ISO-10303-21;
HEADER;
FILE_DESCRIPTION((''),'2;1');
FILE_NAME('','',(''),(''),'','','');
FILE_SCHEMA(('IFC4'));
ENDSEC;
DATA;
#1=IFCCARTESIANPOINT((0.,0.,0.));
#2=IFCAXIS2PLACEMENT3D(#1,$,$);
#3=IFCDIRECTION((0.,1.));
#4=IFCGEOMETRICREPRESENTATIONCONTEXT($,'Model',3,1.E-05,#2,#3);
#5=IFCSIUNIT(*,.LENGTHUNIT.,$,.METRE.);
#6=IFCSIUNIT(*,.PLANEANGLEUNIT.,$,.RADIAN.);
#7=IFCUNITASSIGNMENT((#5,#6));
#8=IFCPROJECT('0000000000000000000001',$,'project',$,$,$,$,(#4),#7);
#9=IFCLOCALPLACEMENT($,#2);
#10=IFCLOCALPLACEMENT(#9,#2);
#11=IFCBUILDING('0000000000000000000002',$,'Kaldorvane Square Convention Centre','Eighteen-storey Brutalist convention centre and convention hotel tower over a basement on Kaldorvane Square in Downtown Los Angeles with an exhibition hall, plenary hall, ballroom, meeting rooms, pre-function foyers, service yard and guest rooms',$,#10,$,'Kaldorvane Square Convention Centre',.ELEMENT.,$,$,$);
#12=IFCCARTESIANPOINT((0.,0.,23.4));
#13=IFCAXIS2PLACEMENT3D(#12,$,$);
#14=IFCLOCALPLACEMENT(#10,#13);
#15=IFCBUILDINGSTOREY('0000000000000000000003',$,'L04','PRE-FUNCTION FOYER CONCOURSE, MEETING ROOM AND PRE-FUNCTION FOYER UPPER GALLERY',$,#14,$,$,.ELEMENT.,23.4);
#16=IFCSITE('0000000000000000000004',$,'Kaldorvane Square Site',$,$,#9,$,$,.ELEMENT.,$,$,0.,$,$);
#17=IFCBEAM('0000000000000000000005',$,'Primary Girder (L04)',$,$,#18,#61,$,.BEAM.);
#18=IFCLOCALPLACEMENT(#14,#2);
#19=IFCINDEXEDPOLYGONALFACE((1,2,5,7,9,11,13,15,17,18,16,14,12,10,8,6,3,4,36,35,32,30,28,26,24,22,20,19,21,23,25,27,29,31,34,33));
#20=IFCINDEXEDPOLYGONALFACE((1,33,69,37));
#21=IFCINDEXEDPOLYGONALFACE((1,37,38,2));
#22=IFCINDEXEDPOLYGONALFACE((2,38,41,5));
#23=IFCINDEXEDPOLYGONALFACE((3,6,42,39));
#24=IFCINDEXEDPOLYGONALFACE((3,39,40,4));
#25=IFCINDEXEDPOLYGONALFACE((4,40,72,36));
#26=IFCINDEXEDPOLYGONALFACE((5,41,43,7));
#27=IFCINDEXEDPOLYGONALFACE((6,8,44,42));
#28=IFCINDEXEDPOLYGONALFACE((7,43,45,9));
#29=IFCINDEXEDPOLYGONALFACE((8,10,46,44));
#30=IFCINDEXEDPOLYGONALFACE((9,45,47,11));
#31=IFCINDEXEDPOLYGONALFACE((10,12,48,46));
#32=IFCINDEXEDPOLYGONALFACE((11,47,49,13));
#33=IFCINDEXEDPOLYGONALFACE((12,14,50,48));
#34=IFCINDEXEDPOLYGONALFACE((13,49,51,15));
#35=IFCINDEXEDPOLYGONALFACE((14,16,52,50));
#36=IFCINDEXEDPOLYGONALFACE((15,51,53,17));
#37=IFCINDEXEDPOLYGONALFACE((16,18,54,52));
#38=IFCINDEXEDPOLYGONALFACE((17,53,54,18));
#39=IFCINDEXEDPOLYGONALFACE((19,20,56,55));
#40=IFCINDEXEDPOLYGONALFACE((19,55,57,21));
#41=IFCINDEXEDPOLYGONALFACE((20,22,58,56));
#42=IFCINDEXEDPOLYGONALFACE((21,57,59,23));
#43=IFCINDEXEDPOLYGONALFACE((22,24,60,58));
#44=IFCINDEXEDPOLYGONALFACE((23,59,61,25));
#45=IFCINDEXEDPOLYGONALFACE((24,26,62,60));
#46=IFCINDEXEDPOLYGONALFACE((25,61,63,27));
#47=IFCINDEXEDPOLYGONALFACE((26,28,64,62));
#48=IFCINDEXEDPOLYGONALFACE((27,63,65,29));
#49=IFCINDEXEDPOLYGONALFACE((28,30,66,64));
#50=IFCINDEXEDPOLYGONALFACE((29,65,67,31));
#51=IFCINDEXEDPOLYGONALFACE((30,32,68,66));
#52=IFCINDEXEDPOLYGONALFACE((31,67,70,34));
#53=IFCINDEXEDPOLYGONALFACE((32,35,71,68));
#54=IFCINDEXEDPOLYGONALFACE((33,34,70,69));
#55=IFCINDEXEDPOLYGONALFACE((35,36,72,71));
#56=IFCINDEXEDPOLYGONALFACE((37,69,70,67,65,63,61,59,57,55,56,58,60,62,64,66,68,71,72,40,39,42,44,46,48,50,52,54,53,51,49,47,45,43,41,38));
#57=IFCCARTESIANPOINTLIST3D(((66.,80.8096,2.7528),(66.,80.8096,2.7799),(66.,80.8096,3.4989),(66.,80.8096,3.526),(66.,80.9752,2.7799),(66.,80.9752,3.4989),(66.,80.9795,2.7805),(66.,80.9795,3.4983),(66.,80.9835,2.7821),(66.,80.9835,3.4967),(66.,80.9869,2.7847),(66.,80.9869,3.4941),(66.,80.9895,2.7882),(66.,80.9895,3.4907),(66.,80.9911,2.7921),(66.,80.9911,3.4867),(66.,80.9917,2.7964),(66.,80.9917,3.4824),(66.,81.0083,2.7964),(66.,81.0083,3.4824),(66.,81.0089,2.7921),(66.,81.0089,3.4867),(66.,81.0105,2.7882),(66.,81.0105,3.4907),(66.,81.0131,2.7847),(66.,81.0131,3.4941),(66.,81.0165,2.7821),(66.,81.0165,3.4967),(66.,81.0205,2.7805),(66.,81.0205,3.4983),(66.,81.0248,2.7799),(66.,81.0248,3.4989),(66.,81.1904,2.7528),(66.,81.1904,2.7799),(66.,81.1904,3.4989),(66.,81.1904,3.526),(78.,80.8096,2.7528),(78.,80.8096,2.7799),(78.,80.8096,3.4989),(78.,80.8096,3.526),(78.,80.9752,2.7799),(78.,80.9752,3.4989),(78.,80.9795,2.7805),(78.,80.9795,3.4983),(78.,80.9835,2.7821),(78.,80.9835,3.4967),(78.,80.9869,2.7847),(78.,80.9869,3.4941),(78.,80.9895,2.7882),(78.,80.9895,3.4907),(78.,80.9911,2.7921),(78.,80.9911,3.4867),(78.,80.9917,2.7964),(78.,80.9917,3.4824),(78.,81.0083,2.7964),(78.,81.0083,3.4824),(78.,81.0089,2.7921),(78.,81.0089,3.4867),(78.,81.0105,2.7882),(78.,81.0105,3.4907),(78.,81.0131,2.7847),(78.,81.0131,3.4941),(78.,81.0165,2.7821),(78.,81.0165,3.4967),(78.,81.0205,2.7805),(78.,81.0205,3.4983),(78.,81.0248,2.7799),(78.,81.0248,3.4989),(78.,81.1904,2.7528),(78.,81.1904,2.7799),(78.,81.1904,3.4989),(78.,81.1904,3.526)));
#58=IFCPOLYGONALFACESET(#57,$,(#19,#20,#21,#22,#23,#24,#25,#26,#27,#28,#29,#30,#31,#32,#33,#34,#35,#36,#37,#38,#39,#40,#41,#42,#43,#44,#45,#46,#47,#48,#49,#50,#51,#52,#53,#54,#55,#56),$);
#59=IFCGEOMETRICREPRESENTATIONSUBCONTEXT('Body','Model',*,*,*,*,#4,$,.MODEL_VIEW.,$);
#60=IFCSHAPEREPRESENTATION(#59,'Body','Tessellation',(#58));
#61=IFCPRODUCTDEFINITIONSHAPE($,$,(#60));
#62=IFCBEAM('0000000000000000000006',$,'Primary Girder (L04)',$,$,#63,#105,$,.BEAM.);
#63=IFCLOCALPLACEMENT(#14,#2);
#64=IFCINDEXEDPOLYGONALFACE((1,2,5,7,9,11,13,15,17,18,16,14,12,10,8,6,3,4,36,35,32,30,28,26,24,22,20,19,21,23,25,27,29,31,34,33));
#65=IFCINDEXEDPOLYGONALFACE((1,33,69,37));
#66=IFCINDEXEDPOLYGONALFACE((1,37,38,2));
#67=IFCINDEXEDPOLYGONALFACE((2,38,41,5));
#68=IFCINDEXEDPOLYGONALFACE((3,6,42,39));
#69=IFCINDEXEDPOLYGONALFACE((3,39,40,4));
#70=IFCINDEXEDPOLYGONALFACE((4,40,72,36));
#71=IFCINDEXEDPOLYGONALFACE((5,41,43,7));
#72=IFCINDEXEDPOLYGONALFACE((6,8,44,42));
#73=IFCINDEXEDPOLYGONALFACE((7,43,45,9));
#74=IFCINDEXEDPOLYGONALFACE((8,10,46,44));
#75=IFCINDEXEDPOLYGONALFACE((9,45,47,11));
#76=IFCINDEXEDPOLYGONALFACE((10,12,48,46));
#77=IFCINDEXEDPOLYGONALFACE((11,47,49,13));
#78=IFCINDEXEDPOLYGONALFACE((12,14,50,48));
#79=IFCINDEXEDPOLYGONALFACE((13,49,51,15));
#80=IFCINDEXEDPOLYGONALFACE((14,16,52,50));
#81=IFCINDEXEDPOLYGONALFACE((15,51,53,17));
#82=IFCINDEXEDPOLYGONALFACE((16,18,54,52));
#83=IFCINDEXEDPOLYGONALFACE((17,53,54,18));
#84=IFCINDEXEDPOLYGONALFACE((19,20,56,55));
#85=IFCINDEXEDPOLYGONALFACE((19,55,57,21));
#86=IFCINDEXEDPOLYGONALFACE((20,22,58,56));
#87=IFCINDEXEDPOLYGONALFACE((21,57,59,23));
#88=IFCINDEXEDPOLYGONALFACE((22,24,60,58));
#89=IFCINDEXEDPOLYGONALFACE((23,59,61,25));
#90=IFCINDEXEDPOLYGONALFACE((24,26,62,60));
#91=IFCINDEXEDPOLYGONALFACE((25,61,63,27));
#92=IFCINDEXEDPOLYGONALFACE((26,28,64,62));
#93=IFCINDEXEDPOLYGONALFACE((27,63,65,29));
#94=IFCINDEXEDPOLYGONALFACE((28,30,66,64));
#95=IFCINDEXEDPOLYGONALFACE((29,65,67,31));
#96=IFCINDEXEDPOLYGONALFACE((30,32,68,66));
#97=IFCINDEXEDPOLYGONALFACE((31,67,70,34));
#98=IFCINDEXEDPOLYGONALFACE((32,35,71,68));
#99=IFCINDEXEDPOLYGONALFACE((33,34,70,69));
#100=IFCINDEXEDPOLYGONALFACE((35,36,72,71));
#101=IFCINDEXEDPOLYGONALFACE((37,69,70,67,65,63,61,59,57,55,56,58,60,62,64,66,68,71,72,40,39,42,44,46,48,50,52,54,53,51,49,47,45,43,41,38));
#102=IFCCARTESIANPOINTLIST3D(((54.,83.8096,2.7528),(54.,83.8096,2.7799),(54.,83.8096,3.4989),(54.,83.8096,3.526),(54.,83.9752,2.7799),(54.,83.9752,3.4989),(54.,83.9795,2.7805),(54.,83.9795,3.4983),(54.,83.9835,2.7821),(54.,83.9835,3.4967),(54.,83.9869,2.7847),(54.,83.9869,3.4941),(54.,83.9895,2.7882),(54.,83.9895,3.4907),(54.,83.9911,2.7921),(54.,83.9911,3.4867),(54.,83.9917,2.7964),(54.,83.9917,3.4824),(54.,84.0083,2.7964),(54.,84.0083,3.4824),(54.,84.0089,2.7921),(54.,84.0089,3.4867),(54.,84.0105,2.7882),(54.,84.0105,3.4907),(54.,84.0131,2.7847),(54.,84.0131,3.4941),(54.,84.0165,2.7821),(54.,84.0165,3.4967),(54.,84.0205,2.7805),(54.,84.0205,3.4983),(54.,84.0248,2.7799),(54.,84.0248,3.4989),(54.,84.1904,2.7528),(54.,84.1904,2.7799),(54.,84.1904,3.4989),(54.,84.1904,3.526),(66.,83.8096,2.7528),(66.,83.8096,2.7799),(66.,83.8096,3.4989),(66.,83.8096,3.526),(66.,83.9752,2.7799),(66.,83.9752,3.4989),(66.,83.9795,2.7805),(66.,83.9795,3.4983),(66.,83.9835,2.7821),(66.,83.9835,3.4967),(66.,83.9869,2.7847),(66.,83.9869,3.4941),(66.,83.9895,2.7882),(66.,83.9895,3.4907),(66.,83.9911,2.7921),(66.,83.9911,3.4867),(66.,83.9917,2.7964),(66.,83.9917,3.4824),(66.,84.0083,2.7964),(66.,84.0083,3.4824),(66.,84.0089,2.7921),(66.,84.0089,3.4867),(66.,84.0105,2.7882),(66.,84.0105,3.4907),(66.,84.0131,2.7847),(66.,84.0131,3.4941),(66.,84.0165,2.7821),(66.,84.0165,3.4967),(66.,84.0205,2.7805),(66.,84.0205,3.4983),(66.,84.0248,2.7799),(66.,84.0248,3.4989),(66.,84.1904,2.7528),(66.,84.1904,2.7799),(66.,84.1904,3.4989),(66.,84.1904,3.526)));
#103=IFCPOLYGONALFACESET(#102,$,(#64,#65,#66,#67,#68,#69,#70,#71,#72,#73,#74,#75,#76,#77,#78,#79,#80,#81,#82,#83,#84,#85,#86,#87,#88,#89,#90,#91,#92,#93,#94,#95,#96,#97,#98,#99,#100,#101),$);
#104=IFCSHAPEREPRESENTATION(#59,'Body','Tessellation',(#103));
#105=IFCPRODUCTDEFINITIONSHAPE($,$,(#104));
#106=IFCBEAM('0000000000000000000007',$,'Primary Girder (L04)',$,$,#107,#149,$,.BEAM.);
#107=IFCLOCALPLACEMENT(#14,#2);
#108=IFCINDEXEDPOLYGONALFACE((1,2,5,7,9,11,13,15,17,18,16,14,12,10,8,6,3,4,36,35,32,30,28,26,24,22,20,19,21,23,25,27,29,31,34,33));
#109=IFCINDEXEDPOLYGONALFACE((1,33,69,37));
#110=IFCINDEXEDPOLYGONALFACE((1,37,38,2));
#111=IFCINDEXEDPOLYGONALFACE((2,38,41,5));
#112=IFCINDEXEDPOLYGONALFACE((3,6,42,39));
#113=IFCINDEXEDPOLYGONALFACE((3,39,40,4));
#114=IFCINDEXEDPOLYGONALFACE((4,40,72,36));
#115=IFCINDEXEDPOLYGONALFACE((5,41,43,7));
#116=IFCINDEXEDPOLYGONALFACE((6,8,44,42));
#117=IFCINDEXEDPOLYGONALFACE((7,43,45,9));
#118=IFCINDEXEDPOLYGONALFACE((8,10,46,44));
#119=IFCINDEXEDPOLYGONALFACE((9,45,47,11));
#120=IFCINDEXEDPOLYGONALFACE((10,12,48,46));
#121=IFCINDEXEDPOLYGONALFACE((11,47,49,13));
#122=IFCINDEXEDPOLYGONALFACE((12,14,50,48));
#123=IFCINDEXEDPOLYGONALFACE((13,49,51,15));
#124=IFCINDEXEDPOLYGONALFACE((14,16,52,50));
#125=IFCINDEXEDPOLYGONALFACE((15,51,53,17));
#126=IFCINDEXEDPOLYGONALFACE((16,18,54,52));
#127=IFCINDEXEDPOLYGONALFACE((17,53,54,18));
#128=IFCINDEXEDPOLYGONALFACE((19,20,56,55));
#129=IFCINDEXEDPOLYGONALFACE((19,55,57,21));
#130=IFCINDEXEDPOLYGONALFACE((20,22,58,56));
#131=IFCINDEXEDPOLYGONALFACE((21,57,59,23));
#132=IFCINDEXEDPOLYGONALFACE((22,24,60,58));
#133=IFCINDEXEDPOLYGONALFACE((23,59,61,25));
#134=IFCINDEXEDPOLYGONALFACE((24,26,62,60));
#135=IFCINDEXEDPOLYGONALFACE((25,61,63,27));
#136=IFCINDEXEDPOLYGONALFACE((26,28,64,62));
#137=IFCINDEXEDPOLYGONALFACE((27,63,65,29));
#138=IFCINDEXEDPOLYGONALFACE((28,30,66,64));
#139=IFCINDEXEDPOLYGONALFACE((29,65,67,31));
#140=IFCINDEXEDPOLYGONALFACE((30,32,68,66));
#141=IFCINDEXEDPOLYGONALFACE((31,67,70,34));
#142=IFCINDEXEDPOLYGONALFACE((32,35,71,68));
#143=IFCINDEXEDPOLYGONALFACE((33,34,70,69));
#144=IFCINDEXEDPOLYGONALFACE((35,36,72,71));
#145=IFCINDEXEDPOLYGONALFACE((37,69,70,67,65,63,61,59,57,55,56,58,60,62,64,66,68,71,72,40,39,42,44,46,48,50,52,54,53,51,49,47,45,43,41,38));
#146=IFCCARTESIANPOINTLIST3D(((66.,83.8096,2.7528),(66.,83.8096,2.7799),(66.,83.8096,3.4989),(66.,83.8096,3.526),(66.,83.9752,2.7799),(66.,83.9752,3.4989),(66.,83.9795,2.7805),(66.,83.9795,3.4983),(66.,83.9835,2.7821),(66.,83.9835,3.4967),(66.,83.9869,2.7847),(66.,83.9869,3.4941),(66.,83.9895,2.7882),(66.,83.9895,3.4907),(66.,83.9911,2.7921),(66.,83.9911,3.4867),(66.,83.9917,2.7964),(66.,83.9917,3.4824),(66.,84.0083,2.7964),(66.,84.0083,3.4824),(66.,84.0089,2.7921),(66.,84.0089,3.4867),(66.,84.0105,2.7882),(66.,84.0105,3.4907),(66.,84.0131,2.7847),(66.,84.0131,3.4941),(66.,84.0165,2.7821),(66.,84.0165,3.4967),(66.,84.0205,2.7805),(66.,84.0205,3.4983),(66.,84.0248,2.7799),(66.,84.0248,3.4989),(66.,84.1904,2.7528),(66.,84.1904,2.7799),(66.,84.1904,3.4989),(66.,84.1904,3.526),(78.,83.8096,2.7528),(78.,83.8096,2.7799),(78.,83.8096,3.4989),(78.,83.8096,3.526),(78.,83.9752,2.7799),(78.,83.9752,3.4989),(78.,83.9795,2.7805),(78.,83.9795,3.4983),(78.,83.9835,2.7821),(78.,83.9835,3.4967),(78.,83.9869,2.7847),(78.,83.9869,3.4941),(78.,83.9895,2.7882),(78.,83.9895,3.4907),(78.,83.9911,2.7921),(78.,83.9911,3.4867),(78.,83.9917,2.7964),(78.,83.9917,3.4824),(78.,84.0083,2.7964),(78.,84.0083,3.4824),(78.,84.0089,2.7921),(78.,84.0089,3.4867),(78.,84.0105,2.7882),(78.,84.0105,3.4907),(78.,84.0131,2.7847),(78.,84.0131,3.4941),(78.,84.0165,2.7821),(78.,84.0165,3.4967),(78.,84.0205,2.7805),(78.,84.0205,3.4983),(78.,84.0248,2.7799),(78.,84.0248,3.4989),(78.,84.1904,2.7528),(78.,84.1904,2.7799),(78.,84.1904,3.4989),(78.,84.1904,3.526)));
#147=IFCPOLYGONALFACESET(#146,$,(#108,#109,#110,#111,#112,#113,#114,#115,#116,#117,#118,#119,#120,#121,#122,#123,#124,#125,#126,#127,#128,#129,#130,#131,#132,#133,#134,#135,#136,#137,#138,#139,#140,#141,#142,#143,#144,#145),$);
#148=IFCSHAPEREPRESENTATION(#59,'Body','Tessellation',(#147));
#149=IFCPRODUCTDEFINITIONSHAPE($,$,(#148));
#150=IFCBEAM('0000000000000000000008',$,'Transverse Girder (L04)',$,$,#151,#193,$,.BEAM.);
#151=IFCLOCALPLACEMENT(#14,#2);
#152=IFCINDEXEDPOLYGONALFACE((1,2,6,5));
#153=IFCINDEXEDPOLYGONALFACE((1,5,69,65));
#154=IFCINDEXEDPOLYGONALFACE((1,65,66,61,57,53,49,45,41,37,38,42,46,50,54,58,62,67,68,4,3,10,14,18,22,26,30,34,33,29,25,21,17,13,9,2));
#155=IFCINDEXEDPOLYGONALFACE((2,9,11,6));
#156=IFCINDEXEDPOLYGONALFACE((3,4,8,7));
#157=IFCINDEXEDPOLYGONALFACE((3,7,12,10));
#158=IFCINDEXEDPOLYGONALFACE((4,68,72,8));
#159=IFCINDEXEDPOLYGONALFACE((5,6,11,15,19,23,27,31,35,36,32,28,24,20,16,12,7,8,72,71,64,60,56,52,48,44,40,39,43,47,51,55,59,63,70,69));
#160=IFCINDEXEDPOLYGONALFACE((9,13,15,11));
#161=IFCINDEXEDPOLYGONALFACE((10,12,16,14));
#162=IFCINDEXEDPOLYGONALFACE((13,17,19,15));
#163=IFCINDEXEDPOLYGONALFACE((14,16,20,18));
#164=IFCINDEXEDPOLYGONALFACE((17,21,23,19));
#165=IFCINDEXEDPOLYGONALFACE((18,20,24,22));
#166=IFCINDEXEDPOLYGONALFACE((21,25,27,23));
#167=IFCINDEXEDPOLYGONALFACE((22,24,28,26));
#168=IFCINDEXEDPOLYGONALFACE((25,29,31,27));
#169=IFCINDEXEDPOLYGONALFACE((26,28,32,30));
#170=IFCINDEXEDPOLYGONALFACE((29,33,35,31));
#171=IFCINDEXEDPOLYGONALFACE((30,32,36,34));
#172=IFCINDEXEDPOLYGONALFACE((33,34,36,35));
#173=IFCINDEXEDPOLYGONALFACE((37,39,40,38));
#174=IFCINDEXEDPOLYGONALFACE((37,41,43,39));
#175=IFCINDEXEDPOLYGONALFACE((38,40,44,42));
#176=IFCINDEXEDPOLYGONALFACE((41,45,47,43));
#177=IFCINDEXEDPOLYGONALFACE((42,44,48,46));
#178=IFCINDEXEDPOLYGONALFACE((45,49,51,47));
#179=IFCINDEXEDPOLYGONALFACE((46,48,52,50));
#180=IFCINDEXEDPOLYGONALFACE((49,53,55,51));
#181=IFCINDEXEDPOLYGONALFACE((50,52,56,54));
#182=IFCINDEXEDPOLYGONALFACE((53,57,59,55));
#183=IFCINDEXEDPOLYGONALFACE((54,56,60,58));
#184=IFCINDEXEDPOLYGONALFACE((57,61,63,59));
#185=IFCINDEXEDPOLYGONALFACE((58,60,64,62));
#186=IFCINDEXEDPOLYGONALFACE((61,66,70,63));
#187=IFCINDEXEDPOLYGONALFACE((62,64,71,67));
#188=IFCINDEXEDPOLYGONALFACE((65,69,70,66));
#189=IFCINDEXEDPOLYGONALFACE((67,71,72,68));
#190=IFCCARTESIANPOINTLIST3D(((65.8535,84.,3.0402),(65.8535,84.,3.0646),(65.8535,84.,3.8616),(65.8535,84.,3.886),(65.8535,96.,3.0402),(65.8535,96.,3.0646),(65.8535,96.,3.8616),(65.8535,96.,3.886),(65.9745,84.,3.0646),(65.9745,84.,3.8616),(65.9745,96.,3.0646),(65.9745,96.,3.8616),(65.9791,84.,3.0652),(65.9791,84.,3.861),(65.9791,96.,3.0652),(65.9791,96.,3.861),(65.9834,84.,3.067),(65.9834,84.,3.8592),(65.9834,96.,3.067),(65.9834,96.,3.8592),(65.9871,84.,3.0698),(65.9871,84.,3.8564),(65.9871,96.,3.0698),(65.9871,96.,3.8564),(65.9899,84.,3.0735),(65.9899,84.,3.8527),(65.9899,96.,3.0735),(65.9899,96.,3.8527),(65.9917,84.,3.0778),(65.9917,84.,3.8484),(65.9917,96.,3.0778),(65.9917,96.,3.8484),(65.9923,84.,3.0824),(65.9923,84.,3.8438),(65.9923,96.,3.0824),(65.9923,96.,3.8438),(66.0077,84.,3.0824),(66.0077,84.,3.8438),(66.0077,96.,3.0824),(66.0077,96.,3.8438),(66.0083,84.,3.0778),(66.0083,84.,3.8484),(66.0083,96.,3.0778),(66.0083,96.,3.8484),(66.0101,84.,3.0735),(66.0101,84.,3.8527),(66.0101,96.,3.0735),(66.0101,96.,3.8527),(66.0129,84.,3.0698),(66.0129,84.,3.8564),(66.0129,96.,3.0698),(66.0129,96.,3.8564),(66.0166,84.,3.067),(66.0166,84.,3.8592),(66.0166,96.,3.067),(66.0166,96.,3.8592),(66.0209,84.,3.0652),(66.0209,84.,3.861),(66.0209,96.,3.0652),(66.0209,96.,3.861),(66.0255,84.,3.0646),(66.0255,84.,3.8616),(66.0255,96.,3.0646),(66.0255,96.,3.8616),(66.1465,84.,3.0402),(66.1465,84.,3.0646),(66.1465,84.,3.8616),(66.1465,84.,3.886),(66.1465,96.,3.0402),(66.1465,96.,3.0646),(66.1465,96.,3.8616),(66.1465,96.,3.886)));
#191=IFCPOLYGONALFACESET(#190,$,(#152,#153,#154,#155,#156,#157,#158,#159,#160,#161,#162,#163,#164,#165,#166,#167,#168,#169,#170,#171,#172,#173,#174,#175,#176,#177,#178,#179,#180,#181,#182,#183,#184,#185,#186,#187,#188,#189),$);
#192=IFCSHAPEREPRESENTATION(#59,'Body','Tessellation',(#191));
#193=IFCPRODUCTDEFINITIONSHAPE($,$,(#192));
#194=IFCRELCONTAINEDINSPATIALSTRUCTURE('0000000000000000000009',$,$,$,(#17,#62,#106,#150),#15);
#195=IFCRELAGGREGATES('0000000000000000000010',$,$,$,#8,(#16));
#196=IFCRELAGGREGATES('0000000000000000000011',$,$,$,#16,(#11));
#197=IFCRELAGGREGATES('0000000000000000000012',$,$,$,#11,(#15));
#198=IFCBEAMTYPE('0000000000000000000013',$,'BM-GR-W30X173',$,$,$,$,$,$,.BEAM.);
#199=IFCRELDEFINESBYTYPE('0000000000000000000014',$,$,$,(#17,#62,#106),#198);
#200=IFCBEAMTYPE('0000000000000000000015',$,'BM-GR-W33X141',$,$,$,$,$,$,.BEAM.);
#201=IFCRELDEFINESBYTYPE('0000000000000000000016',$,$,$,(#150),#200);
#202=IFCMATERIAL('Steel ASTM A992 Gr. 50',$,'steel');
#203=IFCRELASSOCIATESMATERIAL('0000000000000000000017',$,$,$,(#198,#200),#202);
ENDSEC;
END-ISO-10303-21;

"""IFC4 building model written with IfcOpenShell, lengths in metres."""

from ifc_helpers import new_model, si_unit, direction, frame, origin, origin_2d, place, context, subcontext, project, spatial, i_section, extrude, material, material_profile, profile_set, type_object, element, save


model = new_model("IFC4")

# Units and contexts
model_context = context("Model", 3, precision=1e-05, world=origin(), true_north=direction((0.0, 1.0)))
body_context = subcontext(model_context, "Body", "Model", "MODEL_VIEW")
ifc_project = project(units=[si_unit("LENGTHUNIT", "METRE"), si_unit("PLANEANGLEUNIT", "RADIAN")], contexts=[model_context])

# Site, building, storey
site_placement = place(None, origin())
site = spatial("IfcSite", under=ifc_project, at=site_placement, Name="Kaldorvane Square Site", CompositionType="ELEMENT", RefElevation=0.0)
building_placement = place(site_placement, origin())
building = spatial("IfcBuilding", under=site, at=building_placement, Name="Kaldorvane Square Convention Centre", Description="Eighteen-storey Brutalist convention centre and convention hotel tower over a basement on Kaldorvane Square in Downtown Los Angeles with an exhibition hall, plenary hall, ballroom, meeting rooms, pre-function foyers, service yard and guest rooms", LongName="Kaldorvane Square Convention Centre", CompositionType="ELEMENT")
storey_placement = place(building_placement, frame((0.0, 0.0, 23.4)))
storey = spatial("IfcBuildingStorey", under=building, at=storey_placement, Name="L04", Description="PRE-FUNCTION FOYER CONCOURSE, MEETING ROOM AND PRE-FUNCTION FOYER UPPER GALLERY", CompositionType="ELEMENT", Elevation=23.4)

# Shared definitions
ifc_material_1 = material(Name="Steel ASTM A992 Gr. 50", Category="steel")

# Beams
ifc_material_profile_1 = material_profile(ifc_material_1, i_section(OverallWidth=0.3807, OverallDepth=0.7732, WebThickness=0.0166, FlangeThickness=0.0271, FilletRadius=0.0165, at=origin_2d()), Name="W30X173")
ifc_profile_set_1 = profile_set([ifc_material_profile_1], Name="Steel ASTM A992 Gr. 50")
beam_type_1 = type_object("IfcBeamType", Name="BM-GR-W30X173", PredefinedType="BEAM", material=ifc_profile_set_1)
for number, where, z_axis, x_axis, name in (
    (1, (66.0, 81.0, 3.1394), (1.0, 0.0, 0.0), (0.0, 1.0, 0.0), "Primary Girder (L04)"),
    (2, (54.0, 84.0, 3.1394), (1.0, 0.0, 0.0), (0.0, 1.0, 0.0), "Primary Girder (L04)"),
    (3, (66.0, 84.0, 3.1394), (1.0, 0.0, 0.0), (0.0, 1.0, 0.0), "Primary Girder (L04)"),
):
    element("IfcBeam", number, at=place(storey_placement, frame(where, z_axis=z_axis, x_axis=x_axis)), inside=storey, type_object=beam_type_1, Name=name, PredefinedType="BEAM", context=body_context, shape_type="SweptSolid", body=[
        extrude(i_section(OverallWidth=0.3807, OverallDepth=0.7732, WebThickness=0.0166, FlangeThickness=0.0271, FilletRadius=0.0165, at=origin_2d()), origin(), (0.0, 0.0, 1.0), 12.0),
    ])
ifc_material_profile_2 = material_profile(ifc_material_1, i_section(OverallWidth=0.293, OverallDepth=0.8458, WebThickness=0.0154, FlangeThickness=0.0244, FilletRadius=0.0178, at=origin_2d()), Name="W33X141")
ifc_profile_set_2 = profile_set([ifc_material_profile_2], Name="Steel ASTM A992 Gr. 50")
beam_type_2 = type_object("IfcBeamType", Name="BM-GR-W33X141", PredefinedType="BEAM", material=ifc_profile_set_2)
beam_1_placement = place(storey_placement, frame((66.0, 84.0, 3.4631), z_axis=(0.0, 1.0, 0.0), x_axis=(-1.0, 0.0, 0.0)))
element("IfcBeam", 4, at=beam_1_placement, inside=storey, type_object=beam_type_2, Name="Transverse Girder (L04)", PredefinedType="BEAM", context=body_context, shape_type="SweptSolid", body=[
    extrude(i_section(OverallWidth=0.293, OverallDepth=0.8458, WebThickness=0.0154, FlangeThickness=0.0244, FilletRadius=0.0178, at=origin_2d()), origin(), (0.0, 0.0, 1.0), 12.0),
])

save(model, "model.ifc")
